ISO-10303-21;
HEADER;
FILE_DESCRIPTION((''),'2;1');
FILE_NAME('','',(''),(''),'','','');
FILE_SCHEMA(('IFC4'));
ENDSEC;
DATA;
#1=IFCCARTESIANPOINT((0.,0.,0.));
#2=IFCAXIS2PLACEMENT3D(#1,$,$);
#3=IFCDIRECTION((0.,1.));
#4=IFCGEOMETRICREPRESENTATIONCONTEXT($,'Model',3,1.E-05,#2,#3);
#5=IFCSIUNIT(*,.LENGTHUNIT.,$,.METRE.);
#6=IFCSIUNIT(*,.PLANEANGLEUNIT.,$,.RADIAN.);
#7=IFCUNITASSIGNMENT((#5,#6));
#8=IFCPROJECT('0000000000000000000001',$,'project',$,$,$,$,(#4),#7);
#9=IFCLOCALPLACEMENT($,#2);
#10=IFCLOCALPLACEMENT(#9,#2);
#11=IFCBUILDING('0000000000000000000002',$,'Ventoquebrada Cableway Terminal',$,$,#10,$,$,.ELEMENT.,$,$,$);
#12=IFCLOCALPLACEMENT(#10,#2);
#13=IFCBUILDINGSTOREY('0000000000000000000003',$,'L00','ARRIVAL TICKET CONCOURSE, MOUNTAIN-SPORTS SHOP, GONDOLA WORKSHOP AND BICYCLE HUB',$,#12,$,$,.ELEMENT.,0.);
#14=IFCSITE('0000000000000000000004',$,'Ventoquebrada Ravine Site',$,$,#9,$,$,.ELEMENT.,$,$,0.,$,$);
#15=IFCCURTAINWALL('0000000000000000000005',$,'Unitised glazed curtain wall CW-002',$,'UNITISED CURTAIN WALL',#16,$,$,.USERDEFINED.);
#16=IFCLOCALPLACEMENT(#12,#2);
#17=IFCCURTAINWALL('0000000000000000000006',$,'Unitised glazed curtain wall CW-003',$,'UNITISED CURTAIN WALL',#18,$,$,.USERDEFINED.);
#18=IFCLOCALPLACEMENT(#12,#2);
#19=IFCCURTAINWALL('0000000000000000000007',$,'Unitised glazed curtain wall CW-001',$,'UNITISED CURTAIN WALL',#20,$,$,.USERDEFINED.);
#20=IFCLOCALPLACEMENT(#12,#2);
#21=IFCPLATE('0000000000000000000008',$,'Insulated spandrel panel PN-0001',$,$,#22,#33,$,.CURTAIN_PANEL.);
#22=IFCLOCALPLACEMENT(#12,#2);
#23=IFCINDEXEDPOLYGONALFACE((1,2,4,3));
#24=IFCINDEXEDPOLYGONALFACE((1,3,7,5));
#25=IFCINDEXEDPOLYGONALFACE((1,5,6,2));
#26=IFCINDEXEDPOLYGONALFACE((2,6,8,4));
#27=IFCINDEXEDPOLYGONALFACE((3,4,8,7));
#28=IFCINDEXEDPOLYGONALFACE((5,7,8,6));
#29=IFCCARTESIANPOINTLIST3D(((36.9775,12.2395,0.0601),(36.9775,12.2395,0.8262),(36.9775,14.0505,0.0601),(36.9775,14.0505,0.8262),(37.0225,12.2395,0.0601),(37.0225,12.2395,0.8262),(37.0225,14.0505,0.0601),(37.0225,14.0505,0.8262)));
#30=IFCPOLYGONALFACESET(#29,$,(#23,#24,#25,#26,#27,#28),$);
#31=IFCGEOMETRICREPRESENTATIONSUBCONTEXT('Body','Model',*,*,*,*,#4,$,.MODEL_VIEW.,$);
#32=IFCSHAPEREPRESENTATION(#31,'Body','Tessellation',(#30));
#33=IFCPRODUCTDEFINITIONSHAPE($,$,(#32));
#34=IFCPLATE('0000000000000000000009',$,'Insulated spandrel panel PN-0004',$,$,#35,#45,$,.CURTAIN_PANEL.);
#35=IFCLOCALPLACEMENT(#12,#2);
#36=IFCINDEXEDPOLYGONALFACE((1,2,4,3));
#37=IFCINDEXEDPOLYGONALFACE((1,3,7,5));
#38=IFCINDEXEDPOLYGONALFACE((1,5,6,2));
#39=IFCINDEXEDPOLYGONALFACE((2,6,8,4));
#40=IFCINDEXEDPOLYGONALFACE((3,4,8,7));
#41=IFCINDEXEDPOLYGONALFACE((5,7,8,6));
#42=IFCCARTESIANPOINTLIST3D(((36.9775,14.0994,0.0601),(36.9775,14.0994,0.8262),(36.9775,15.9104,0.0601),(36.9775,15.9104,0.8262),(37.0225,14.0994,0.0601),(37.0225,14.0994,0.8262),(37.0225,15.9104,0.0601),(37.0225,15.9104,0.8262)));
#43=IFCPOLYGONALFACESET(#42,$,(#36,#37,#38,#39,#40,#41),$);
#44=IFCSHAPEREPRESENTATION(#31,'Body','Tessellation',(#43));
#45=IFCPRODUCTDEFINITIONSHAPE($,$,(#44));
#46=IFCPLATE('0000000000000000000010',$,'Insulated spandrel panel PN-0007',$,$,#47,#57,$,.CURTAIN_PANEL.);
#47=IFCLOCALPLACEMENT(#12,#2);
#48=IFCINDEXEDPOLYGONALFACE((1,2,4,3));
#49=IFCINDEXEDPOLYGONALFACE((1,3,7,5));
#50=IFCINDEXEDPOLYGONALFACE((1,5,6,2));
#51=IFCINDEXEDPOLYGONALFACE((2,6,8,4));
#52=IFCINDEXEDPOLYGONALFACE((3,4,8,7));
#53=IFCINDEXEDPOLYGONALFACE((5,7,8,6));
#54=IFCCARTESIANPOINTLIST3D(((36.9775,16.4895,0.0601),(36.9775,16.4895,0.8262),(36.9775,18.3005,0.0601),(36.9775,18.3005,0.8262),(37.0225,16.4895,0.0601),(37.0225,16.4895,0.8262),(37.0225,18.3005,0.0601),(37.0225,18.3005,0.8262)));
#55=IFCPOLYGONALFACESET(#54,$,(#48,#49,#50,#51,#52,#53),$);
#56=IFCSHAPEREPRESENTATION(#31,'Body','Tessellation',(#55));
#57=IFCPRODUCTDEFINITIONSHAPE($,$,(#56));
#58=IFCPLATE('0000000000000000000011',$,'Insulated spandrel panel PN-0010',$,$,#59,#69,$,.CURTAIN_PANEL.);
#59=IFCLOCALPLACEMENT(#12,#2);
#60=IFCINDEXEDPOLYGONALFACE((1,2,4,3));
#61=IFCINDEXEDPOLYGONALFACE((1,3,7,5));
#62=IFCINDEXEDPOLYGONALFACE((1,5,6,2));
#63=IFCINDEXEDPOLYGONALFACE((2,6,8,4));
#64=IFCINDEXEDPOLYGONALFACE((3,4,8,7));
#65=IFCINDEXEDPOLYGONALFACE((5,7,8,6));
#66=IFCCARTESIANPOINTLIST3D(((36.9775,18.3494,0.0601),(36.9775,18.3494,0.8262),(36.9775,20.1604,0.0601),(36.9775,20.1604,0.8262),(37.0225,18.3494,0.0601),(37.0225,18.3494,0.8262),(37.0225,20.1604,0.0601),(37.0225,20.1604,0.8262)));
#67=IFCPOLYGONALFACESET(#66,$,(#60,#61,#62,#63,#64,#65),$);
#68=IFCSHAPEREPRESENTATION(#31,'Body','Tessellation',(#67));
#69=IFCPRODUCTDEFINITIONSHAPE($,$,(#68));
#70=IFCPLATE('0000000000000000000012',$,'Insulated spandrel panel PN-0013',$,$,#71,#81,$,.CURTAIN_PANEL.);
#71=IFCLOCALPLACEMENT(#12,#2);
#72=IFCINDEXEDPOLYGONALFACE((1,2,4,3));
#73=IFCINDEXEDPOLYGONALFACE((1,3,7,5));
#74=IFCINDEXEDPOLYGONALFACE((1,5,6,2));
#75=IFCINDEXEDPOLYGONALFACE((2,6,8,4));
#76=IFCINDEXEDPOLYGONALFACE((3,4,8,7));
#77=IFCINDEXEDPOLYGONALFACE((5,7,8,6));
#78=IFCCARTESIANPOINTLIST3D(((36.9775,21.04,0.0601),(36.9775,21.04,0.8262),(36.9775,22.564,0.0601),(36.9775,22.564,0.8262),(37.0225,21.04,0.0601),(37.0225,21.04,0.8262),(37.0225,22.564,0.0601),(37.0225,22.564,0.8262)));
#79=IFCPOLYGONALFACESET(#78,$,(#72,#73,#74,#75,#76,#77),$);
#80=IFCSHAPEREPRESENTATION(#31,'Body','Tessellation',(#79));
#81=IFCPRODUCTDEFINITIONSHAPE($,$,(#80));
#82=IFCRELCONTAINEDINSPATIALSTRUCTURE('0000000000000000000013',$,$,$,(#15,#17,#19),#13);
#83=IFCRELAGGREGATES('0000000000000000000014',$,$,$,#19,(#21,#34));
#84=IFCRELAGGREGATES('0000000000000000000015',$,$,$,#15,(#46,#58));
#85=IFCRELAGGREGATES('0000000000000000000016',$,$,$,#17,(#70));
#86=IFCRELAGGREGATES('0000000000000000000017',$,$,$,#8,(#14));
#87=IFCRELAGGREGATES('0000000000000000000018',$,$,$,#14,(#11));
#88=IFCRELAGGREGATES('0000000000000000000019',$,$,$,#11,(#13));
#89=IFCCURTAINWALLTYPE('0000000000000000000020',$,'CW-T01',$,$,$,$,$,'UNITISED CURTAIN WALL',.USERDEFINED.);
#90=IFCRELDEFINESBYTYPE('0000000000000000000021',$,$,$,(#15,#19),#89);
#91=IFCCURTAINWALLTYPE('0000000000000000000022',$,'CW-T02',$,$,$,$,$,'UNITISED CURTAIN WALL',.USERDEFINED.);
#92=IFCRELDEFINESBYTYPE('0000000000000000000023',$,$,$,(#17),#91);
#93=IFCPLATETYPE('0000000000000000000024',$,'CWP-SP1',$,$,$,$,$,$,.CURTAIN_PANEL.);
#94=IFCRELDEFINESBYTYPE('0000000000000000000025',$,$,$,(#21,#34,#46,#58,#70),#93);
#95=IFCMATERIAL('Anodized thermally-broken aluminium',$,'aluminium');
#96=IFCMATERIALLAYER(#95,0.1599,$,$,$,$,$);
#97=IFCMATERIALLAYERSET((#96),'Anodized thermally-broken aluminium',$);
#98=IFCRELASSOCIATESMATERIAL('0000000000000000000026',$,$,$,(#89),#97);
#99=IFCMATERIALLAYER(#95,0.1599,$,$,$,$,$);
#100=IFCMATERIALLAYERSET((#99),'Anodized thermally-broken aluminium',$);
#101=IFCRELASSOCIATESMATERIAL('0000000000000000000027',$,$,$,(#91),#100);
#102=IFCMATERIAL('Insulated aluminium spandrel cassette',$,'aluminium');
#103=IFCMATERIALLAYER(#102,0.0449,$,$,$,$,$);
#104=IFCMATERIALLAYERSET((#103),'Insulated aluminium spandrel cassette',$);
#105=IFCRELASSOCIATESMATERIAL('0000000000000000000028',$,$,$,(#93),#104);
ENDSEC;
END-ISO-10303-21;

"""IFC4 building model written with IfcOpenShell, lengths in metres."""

from ifc_helpers import new_model, si_unit, direction, frame, origin, origin_2d, place, context, subcontext, project, spatial, rectangle, extrude, material, layer, layer_set, type_object, element, aggregate, save


model = new_model("IFC4")

# Units and contexts
model_context = context("Model", 3, precision=1e-05, world=origin(), true_north=direction((0.0, 1.0)))
body_context = subcontext(model_context, "Body", "Model", "MODEL_VIEW")
ifc_project = project(units=[si_unit("LENGTHUNIT", "METRE"), si_unit("PLANEANGLEUNIT", "RADIAN")], contexts=[model_context])

# Site, building, storey
site_placement = place(None, origin())
site = spatial("IfcSite", under=ifc_project, at=site_placement, Name="Ventoquebrada Ravine Site", CompositionType="ELEMENT", RefElevation=0.0)
building_placement = place(site_placement, origin())
building = spatial("IfcBuilding", under=site, at=building_placement, Name="Ventoquebrada Cableway Terminal", CompositionType="ELEMENT")
storey_placement = place(building_placement, origin())
storey = spatial("IfcBuildingStorey", under=building, at=storey_placement, Name="L00", Description="ARRIVAL TICKET CONCOURSE, MOUNTAIN-SPORTS SHOP, GONDOLA WORKSHOP AND BICYCLE HUB", CompositionType="ELEMENT", Elevation=0.0)

# Curtain walls
ifc_material_1 = material(Name="Anodized thermally-broken aluminium", Category="aluminium")
ifc_layer_1 = layer(ifc_material_1, 0.1599)
ifc_layer_set_1 = layer_set([ifc_layer_1], Name="Anodized thermally-broken aluminium")
curtain_wall_type_1 = type_object("IfcCurtainWallType", Name="CW-T01", ElementType="UNITISED CURTAIN WALL", PredefinedType="USERDEFINED", material=ifc_layer_set_1)
curtain_wall_1_placement = place(storey_placement, origin())
curtain_wall_1 = element("IfcCurtainWall", 1, at=curtain_wall_1_placement, inside=storey, type_object=curtain_wall_type_1, Name="Unitised glazed curtain wall CW-002", ObjectType="UNITISED CURTAIN WALL", PredefinedType="USERDEFINED")
ifc_layer_2 = layer(ifc_material_1, 0.1599)
ifc_layer_set_2 = layer_set([ifc_layer_2], Name="Anodized thermally-broken aluminium")
curtain_wall_type_2 = type_object("IfcCurtainWallType", Name="CW-T02", ElementType="UNITISED CURTAIN WALL", PredefinedType="USERDEFINED", material=ifc_layer_set_2)
curtain_wall_2_placement = place(storey_placement, origin())
curtain_wall_2 = element("IfcCurtainWall", 2, at=curtain_wall_2_placement, inside=storey, type_object=curtain_wall_type_2, Name="Unitised glazed curtain wall CW-003", ObjectType="UNITISED CURTAIN WALL", PredefinedType="USERDEFINED")
curtain_wall_3_placement = place(storey_placement, origin())
curtain_wall_3 = element("IfcCurtainWall", 3, at=curtain_wall_3_placement, inside=storey, type_object=curtain_wall_type_1, Name="Unitised glazed curtain wall CW-001", ObjectType="UNITISED CURTAIN WALL", PredefinedType="USERDEFINED")

# Plates
ifc_material_2 = material(Name="Insulated aluminium spandrel cassette", Category="aluminium")
ifc_layer_3 = layer(ifc_material_2, 0.0449)
ifc_layer_set_3 = layer_set([ifc_layer_3], Name="Insulated aluminium spandrel cassette")
plate_type_1 = type_object("IfcPlateType", Name="CWP-SP1", PredefinedType="CURTAIN_PANEL", material=ifc_layer_set_3)
plate_1_placement = place(storey_placement, frame((37.0, 13.145, 0.0601), z_axis=(0.0, 0.0, 1.0), x_axis=(0.0, 1.0, 0.0)))
plate_1 = element("IfcPlate", 4, at=plate_1_placement, type_object=plate_type_1, Name="Insulated spandrel panel PN-0001", PredefinedType="CURTAIN_PANEL", context=body_context, shape_type="SweptSolid", body=[
    extrude(rectangle(XDim=1.811, YDim=0.0449, at=origin_2d()), origin(), (0.0, 0.0, 1.0), 0.7661),
])
plate_2_placement = place(storey_placement, frame((37.0, 15.0049, 0.0601), z_axis=(0.0, 0.0, 1.0), x_axis=(0.0, 1.0, 0.0)))
plate_2 = element("IfcPlate", 5, at=plate_2_placement, type_object=plate_type_1, Name="Insulated spandrel panel PN-0004", PredefinedType="CURTAIN_PANEL", context=body_context, shape_type="SweptSolid", body=[
    extrude(rectangle(XDim=1.811, YDim=0.0449, at=origin_2d()), origin(), (0.0, 0.0, 1.0), 0.7661),
])
aggregate(curtain_wall_3, [plate_1, plate_2])
plate_3_placement = place(storey_placement, frame((37.0, 17.395, 0.0601), z_axis=(0.0, 0.0, 1.0), x_axis=(0.0, 1.0, 0.0)))
plate_3 = element("IfcPlate", 6, at=plate_3_placement, type_object=plate_type_1, Name="Insulated spandrel panel PN-0007", PredefinedType="CURTAIN_PANEL", context=body_context, shape_type="SweptSolid", body=[
    extrude(rectangle(XDim=1.811, YDim=0.0449, at=origin_2d()), origin(), (0.0, 0.0, 1.0), 0.7661),
])
plate_4_placement = place(storey_placement, frame((37.0, 19.2549, 0.0601), z_axis=(0.0, 0.0, 1.0), x_axis=(0.0, 1.0, 0.0)))
plate_4 = element("IfcPlate", 7, at=plate_4_placement, type_object=plate_type_1, Name="Insulated spandrel panel PN-0010", PredefinedType="CURTAIN_PANEL", context=body_context, shape_type="SweptSolid", body=[
    extrude(rectangle(XDim=1.811, YDim=0.0449, at=origin_2d()), origin(), (0.0, 0.0, 1.0), 0.7661),
])
aggregate(curtain_wall_1, [plate_3, plate_4])
plate_5_placement = place(storey_placement, frame((37.0, 21.802, 0.0601), z_axis=(0.0, 0.0, 1.0), x_axis=(0.0, 1.0, 0.0)))
plate_5 = element("IfcPlate", 8, at=plate_5_placement, type_object=plate_type_1, Name="Insulated spandrel panel PN-0013", PredefinedType="CURTAIN_PANEL", context=body_context, shape_type="SweptSolid", body=[
    extrude(rectangle(XDim=1.5239, YDim=0.0449, at=origin_2d()), origin(), (0.0, 0.0, 1.0), 0.7661),
])
aggregate(curtain_wall_2, [plate_5])

save(model, "model.ifc")
